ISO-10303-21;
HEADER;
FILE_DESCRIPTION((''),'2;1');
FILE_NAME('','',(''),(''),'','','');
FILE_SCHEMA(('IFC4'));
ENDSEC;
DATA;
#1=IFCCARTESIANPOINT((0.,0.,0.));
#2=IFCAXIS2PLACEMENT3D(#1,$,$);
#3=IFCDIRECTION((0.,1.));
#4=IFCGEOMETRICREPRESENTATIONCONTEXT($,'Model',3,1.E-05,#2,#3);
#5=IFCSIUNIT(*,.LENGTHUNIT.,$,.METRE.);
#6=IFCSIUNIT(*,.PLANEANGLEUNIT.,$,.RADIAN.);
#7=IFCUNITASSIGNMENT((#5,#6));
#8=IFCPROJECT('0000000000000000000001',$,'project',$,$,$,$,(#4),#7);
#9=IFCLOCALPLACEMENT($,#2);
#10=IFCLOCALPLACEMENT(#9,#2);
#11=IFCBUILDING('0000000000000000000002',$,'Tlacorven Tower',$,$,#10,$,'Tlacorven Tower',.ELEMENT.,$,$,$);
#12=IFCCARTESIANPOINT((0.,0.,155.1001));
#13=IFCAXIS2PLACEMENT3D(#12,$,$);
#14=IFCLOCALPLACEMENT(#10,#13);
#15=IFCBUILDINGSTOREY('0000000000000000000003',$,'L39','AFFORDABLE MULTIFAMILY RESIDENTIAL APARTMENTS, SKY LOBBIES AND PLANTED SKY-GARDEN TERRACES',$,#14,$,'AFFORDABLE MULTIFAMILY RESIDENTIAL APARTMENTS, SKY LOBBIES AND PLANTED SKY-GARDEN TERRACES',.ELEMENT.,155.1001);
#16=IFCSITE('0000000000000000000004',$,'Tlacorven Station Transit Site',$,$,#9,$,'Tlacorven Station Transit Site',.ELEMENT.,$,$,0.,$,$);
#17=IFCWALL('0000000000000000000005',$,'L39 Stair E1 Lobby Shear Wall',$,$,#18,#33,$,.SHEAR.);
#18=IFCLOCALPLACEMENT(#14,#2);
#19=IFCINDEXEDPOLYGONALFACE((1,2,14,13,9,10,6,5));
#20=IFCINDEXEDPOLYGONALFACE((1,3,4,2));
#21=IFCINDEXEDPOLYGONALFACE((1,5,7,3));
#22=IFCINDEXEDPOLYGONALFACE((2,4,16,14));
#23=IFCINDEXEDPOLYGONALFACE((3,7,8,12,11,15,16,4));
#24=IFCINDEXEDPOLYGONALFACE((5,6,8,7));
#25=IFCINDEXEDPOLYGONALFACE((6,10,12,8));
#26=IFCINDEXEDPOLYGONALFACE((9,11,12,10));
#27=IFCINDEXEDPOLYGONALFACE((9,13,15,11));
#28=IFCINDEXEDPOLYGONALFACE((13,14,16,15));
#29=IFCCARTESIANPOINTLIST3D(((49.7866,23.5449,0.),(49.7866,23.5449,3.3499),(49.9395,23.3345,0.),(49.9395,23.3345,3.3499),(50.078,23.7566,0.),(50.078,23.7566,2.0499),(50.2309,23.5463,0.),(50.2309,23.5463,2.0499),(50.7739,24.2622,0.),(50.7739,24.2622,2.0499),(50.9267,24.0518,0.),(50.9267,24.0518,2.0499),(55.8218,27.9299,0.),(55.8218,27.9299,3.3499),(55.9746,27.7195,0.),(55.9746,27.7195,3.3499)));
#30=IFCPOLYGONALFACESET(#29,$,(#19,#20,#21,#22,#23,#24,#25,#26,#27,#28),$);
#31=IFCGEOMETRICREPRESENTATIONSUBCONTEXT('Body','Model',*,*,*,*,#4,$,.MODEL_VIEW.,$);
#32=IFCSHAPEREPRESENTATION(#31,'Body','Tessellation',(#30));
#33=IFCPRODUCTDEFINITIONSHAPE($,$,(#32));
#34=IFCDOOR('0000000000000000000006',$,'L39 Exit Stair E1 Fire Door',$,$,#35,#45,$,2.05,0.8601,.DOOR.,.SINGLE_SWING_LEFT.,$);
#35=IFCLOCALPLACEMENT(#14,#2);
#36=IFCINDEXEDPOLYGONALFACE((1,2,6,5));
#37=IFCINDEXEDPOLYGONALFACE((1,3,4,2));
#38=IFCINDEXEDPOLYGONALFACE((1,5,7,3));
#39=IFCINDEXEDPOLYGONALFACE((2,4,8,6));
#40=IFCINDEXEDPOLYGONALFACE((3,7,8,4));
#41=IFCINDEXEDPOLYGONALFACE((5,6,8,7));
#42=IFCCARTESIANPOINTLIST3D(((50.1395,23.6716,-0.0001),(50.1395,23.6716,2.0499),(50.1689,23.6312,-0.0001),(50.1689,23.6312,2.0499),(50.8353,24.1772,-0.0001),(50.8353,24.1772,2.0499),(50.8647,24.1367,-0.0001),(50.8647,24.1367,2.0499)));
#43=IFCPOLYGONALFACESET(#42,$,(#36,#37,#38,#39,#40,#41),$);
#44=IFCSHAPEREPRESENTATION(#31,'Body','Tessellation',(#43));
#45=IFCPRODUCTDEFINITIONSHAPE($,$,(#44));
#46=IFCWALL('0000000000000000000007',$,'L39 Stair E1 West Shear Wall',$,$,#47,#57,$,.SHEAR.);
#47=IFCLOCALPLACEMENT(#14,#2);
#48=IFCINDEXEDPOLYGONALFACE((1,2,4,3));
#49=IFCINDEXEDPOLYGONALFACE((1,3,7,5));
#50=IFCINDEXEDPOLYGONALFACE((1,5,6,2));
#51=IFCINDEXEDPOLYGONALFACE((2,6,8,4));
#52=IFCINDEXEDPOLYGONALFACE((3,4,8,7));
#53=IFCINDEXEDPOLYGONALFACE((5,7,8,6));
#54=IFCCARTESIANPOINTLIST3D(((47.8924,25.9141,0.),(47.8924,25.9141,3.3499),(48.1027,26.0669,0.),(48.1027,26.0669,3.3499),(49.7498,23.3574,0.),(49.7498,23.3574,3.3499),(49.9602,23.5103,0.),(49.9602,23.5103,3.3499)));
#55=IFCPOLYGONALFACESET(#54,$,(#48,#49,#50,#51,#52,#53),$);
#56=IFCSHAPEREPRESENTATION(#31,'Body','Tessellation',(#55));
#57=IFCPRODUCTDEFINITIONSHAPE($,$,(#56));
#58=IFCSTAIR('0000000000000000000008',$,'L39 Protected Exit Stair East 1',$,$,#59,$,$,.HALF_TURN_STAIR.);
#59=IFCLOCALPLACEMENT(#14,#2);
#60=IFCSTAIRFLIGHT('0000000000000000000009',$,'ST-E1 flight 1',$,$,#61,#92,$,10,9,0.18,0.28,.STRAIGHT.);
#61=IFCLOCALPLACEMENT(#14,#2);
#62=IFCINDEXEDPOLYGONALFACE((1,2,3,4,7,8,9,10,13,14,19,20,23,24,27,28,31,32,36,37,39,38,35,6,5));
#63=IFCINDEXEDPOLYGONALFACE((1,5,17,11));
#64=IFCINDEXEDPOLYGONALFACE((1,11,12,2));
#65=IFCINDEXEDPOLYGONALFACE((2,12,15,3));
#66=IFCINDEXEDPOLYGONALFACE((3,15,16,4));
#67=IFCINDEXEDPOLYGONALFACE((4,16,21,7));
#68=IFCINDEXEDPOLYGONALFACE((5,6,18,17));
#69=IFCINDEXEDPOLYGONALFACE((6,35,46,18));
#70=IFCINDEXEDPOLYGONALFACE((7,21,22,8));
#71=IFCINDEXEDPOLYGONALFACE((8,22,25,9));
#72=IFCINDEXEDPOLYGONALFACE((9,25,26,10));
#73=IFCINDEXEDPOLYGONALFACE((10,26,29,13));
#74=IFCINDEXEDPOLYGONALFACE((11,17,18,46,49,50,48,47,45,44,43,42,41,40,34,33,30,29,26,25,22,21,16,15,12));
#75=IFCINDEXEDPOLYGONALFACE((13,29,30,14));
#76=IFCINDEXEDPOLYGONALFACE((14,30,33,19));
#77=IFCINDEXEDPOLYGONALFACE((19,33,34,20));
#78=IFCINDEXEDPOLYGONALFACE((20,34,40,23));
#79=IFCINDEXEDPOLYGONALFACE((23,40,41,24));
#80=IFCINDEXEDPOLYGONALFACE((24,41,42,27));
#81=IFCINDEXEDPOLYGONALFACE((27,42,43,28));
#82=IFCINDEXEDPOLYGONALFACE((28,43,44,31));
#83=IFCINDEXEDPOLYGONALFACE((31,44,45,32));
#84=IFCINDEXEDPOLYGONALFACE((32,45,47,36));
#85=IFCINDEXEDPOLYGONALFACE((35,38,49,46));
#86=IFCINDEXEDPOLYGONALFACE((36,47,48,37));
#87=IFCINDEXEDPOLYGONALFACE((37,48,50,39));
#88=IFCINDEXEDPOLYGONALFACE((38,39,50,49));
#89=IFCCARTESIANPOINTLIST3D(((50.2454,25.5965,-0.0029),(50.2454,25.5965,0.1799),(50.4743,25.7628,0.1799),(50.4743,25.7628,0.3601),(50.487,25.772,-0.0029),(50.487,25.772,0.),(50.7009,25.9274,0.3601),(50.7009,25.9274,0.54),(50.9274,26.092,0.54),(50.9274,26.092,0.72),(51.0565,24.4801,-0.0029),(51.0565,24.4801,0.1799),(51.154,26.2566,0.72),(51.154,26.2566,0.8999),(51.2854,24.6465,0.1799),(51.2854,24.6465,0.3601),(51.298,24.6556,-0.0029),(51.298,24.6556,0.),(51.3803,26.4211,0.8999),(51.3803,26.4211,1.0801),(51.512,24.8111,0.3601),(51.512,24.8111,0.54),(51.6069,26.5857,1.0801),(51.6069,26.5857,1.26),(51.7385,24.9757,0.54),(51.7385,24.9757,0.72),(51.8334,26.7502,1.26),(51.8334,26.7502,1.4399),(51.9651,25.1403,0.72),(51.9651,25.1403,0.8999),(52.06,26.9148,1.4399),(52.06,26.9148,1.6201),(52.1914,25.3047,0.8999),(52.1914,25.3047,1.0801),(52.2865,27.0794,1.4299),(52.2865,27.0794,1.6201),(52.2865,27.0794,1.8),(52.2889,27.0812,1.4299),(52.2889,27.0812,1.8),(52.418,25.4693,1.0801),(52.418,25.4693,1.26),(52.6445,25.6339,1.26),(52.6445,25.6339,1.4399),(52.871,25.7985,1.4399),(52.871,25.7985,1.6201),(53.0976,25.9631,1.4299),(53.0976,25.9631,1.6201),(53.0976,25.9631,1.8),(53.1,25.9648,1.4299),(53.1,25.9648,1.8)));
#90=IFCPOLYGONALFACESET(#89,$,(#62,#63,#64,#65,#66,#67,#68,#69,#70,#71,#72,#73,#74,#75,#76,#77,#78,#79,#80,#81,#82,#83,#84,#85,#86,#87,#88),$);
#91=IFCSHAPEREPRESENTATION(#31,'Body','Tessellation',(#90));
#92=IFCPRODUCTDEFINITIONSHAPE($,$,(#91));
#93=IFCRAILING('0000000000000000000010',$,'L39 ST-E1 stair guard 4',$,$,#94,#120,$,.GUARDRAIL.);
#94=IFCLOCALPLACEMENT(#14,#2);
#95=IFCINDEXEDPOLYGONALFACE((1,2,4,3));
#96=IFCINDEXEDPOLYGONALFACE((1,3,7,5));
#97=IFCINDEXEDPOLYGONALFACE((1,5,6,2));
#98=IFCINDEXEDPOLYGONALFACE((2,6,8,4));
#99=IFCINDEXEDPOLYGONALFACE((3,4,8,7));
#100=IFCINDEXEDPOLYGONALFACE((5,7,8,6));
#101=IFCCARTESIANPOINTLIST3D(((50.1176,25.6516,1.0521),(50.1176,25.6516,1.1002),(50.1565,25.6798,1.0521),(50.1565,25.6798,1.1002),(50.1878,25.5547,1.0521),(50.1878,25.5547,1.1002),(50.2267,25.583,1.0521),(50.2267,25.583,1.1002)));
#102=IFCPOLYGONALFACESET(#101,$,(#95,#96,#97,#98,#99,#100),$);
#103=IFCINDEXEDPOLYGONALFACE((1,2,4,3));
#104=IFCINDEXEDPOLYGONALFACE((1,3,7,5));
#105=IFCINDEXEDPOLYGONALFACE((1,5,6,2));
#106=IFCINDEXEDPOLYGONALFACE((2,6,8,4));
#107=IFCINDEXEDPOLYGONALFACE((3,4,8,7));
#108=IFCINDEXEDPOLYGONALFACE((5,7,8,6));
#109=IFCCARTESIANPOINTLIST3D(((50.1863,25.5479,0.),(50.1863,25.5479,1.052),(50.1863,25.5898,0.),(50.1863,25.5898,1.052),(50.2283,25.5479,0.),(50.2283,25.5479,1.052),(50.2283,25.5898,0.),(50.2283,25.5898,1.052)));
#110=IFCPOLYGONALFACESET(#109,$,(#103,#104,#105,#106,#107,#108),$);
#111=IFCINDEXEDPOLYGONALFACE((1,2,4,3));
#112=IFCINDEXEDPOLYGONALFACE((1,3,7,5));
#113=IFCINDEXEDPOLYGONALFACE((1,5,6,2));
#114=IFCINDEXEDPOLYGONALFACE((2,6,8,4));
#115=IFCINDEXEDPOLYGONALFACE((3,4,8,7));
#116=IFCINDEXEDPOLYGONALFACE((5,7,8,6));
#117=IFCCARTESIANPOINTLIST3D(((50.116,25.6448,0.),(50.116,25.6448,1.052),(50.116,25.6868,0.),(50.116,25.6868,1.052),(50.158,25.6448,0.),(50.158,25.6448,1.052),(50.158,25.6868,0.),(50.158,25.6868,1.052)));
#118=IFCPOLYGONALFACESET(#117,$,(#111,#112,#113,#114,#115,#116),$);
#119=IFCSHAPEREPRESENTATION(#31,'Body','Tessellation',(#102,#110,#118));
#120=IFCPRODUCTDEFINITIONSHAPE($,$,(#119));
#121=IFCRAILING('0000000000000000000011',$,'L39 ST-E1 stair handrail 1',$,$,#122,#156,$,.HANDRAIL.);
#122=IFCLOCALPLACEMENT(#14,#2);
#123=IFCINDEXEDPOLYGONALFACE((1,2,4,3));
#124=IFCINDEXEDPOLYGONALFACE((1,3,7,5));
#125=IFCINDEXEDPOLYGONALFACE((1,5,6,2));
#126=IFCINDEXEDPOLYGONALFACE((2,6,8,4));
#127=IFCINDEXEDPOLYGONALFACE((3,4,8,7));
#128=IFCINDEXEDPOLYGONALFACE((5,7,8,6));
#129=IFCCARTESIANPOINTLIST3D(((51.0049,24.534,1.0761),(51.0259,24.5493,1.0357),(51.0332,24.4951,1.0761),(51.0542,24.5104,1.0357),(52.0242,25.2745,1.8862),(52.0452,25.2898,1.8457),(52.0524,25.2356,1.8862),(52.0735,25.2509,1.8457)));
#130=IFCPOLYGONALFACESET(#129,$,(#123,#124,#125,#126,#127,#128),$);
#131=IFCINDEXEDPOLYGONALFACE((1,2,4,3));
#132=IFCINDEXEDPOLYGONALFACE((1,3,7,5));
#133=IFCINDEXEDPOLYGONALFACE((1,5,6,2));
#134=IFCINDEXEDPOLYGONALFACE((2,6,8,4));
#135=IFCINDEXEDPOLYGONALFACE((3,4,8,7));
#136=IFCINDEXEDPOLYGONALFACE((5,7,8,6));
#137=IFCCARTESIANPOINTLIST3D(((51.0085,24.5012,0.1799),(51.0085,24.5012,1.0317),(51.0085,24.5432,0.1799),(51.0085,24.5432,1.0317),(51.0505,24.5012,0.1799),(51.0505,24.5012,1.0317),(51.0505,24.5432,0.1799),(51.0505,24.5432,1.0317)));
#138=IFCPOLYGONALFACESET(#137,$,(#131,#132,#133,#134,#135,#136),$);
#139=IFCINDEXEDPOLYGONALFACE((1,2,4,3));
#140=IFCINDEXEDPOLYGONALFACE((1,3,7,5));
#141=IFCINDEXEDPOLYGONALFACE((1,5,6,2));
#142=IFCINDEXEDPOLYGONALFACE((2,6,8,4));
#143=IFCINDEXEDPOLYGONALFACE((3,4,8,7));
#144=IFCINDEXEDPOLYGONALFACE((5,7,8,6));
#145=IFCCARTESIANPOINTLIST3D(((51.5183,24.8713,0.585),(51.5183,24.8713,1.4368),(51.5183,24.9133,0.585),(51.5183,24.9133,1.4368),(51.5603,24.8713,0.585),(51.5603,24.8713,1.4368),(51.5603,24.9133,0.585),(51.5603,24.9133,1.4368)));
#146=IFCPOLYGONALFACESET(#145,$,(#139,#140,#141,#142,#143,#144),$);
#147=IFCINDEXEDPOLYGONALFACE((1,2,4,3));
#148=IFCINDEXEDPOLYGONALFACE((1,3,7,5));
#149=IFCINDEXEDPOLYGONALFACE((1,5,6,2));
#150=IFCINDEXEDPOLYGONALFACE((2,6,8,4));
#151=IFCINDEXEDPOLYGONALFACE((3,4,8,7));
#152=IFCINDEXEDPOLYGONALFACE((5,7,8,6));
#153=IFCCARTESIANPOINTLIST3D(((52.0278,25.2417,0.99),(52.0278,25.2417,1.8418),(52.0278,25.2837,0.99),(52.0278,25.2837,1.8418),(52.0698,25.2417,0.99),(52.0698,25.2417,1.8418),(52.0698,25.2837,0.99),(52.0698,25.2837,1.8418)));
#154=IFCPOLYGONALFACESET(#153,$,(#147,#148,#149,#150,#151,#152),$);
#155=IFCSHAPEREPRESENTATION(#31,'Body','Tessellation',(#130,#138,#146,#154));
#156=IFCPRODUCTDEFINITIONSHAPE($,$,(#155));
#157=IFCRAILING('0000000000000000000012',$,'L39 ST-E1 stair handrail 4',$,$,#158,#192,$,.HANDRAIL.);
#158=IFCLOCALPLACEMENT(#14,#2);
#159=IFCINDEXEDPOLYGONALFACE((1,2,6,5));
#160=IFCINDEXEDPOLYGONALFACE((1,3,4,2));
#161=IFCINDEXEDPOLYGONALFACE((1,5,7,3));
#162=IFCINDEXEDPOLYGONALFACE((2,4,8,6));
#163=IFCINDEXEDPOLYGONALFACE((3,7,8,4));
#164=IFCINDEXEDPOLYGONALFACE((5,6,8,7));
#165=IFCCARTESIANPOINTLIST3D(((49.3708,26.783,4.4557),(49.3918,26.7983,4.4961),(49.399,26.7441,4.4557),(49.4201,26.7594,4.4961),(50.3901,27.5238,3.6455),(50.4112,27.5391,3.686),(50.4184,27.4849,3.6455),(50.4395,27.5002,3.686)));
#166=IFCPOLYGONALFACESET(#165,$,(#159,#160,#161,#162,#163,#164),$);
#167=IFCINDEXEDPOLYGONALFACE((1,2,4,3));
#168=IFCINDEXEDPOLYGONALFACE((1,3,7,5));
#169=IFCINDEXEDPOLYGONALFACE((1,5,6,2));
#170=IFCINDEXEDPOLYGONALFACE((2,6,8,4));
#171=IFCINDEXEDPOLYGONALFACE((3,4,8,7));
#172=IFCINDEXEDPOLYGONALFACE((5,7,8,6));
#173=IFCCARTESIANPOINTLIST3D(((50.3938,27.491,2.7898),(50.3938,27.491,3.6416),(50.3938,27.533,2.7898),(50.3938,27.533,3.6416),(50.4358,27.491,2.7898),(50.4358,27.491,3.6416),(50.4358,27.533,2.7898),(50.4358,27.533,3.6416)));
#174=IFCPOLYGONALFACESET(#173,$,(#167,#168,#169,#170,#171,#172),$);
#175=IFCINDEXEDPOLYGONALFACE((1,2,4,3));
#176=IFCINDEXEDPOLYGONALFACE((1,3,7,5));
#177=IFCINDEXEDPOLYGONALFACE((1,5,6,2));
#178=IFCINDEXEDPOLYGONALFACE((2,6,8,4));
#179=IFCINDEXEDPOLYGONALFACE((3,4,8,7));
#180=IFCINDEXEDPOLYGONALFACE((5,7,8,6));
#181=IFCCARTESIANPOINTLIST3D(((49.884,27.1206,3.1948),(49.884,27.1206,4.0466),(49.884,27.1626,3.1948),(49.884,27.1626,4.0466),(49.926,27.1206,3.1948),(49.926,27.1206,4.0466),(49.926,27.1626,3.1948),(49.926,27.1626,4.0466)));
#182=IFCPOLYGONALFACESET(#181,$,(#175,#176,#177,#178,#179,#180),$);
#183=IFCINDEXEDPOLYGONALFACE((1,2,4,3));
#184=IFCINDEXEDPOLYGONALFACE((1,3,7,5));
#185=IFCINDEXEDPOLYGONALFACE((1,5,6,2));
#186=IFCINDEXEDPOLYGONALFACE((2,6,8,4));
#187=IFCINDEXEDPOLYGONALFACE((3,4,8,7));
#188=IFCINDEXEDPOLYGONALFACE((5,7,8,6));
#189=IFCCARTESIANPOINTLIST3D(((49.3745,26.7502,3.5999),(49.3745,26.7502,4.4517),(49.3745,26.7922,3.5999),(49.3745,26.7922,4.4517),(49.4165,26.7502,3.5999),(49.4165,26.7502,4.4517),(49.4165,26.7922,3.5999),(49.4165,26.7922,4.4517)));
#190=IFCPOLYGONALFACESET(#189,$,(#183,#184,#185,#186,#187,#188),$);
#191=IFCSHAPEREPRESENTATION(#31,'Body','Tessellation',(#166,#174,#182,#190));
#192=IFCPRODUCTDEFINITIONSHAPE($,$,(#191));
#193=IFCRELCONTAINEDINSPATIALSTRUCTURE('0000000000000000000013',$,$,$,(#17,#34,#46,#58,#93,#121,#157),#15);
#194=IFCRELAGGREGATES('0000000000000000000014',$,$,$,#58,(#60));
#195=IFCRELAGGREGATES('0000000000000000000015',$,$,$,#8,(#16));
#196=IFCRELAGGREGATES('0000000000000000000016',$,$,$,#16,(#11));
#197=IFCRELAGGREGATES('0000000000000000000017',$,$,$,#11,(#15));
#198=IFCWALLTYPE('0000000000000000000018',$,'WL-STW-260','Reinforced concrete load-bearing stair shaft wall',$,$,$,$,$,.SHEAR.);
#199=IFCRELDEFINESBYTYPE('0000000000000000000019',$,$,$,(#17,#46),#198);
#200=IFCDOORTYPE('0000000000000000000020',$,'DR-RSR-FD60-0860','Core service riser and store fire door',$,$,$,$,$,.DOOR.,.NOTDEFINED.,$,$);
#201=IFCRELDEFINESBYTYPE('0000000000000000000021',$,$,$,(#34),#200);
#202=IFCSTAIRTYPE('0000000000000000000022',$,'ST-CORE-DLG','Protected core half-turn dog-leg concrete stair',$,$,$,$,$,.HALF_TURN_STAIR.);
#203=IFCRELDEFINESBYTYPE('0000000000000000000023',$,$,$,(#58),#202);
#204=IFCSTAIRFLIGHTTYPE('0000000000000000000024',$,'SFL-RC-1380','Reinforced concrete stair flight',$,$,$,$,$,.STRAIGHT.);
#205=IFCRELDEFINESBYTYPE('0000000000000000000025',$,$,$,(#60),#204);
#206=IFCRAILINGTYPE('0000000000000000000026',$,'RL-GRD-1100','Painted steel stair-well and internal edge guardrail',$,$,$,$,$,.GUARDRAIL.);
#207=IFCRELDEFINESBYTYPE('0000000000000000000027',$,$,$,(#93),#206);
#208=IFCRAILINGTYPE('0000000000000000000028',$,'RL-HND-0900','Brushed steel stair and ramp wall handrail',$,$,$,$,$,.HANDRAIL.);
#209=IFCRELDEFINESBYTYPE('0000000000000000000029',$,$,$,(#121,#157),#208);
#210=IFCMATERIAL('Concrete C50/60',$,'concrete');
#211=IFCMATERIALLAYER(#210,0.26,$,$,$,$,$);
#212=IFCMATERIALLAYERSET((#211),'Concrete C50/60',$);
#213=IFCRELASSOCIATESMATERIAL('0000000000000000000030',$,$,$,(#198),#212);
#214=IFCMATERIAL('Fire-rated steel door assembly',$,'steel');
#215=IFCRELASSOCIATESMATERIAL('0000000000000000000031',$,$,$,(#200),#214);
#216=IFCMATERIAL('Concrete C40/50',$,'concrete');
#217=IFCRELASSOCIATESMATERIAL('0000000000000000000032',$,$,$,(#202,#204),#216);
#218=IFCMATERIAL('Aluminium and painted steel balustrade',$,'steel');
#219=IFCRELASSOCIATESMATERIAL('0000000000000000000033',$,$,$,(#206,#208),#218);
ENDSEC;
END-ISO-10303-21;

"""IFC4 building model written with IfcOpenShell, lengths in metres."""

from ifc_helpers import new_model, si_unit, direction, frame, frame_2d, origin, origin_2d, place, context, subcontext, project, spatial, polyline, rectangle, outline, extrude, source, transform, mapped, material, layer, layer_set, type_object, element, fill, aggregate, save


model = new_model("IFC4")

# Units and contexts
model_context = context("Model", 3, precision=1e-05, world=origin(), true_north=direction((0.0, 1.0)))
body_context = subcontext(model_context, "Body", "Model", "MODEL_VIEW")
ifc_project = project(units=[si_unit("LENGTHUNIT", "METRE"), si_unit("PLANEANGLEUNIT", "RADIAN")], contexts=[model_context])

# Site, building, storey
site_placement = place(None, origin())
site = spatial("IfcSite", under=ifc_project, at=site_placement, Name="Tlacorven Station Transit Site", LongName="Tlacorven Station Transit Site", CompositionType="ELEMENT", RefElevation=0.0)
building_placement = place(site_placement, origin())
building = spatial("IfcBuilding", under=site, at=building_placement, Name="Tlacorven Tower", LongName="Tlacorven Tower", CompositionType="ELEMENT")
storey_placement = place(building_placement, frame((0.0, 0.0, 155.1001)))
storey = spatial("IfcBuildingStorey", under=building, at=storey_placement, Name="L39", Description="AFFORDABLE MULTIFAMILY RESIDENTIAL APARTMENTS, SKY LOBBIES AND PLANTED SKY-GARDEN TERRACES", LongName="AFFORDABLE MULTIFAMILY RESIDENTIAL APARTMENTS, SKY LOBBIES AND PLANTED SKY-GARDEN TERRACES", CompositionType="ELEMENT", Elevation=155.1001)

# Shared definitions
ifc_material_1 = material(Name="Concrete C40/50", Category="concrete")
ifc_material_2 = material(Name="Fire-rated steel door assembly", Category="steel")

# Shared definitions
ifc_material_3 = material(Name="Concrete C50/60", Category="concrete")
ifc_layer_1 = layer(ifc_material_3, 0.26)
ifc_layer_set_1 = layer_set([ifc_layer_1], Name="Concrete C50/60")
wall_type_1 = type_object("IfcWallType", Name="WL-STW-260", Description="Reinforced concrete load-bearing stair shaft wall", PredefinedType="SHEAR", material=ifc_layer_set_1)

# Wall, opening, door
wall_1_placement = place(storey_placement, frame((49.863, 23.4397, 0.0), z_axis=(0.0, 0.0, 1.0), x_axis=(0.809003, 0.587804, 0.0)))
wall_1 = element("IfcWall", 1, at=wall_1_placement, inside=storey, type_object=wall_type_1, Name="L39 Stair E1 Lobby Shear Wall", PredefinedType="SHEAR", context=body_context, shape_type="SweptSolid", body=[
    extrude(rectangle(XDim=7.46, YDim=0.26, at=frame_2d((3.73, 0.0))), origin(), (0.0, 0.0, 1.0), 3.3499),
])
opening_1_placement = place(wall_1_placement, frame((0.3601, 0.0, 0.0)))
opening_1 = element("IfcOpeningElement", 2, at=opening_1_placement, cuts=wall_1, PredefinedType="OPENING", context=body_context, shape_type="SweptSolid", body=[
    extrude(rectangle(XDim=0.8601, YDim=2.05, at=frame_2d((0.4302, 1.0249))), frame((0.0, 0.1401, 0.0), z_axis=(0.0, -1.0, 0.0), x_axis=(1.0, 0.0, 0.0)), (0.0, 0.0, 1.0), 0.28),
])
door_type_1 = type_object("IfcDoorType", Name="DR-RSR-FD60-0860", Description="Core service riser and store fire door", OperationType="NOTDEFINED", PredefinedType="DOOR", material=ifc_material_2)
shared_shape_1 = source(origin(), body_context, "Body", "SweptSolid", [
    extrude(rectangle(XDim=0.8601, YDim=2.05, at=frame_2d((0.4302, 1.0249))), frame((0.0, 0.0249, 0.0), z_axis=(0.0, -1.0, 0.0), x_axis=(1.0, 0.0, 0.0)), (0.0, 0.0, 1.0), 0.05),
])
door_1_placement = place(opening_1_placement, frame((0.8601, 0.0, 0.0), z_axis=(0.0, 0.0, 1.0), x_axis=(-1.0, 0.0, 0.0)))
door_1 = element("IfcDoor", 3, at=door_1_placement, inside=storey, type_object=door_type_1, Name="L39 Exit Stair E1 Fire Door", OperationType="SINGLE_SWING_LEFT", OverallHeight=2.05, OverallWidth=0.8601, PredefinedType="DOOR", context=body_context, shape_type="MappedRepresentation", body=[
    mapped(shared_shape_1, transform((0.0, 0.0, 0.0), scale=1.0)),
])
fill(opening_1, door_1)

# Wall
wall_2_placement = place(storey_placement, frame((49.855, 23.4338, 0.0), z_axis=(0.0, 0.0, 1.0), x_axis=(-0.587767, 0.80903, 0.0)))
element("IfcWall", 4, at=wall_2_placement, inside=storey, type_object=wall_type_1, Name="L39 Stair E1 West Shear Wall", PredefinedType="SHEAR", context=body_context, shape_type="SweptSolid", body=[
    extrude(rectangle(XDim=3.1602, YDim=0.26, at=frame_2d((1.5801, 0.0))), origin(), (0.0, 0.0, 1.0), 3.3499),
])

# Stair, stair flight
stair_type = type_object("IfcStairType", Name="ST-CORE-DLG", Description="Protected core half-turn dog-leg concrete stair", PredefinedType="HALF_TURN_STAIR", material=ifc_material_1)
stair_placement = place(storey_placement, origin())
stair = element("IfcStair", 5, at=stair_placement, inside=storey, type_object=stair_type, Name="L39 Protected Exit Stair East 1", PredefinedType="HALF_TURN_STAIR")
stair_flight_type = type_object("IfcStairFlightType", Name="SFL-RC-1380", Description="Reinforced concrete stair flight", PredefinedType="STRAIGHT", material=ifc_material_1)
shared_shape_2 = source(origin(), body_context, "Body", "SweptSolid", [
    extrude(outline(polyline([(-0.0029, -0.0029), (-0.0029, 0.1799), (0.28, 0.1799), (0.28, 0.3601), (0.5601, 0.3601), (0.5601, 0.54), (0.8401, 0.54), (0.8401, 0.72), (1.1201, 0.72), (1.1201, 0.8999), (1.3999, 0.8999), (1.3999, 1.0801), (1.6799, 1.0801), (1.6799, 1.26), (1.96, 1.26), (1.96, 1.4399), (2.24, 1.4399), (2.24, 1.6201), (2.52, 1.6201), (2.52, 1.8), (2.5229, 1.8), (2.5229, 1.4299), (2.52, 1.4299), (0.2957, 0.0), (0.2957, -0.0029), (-0.0029, -0.0029)])), frame((0.0, 0.6899, 0.0), z_axis=(0.0, -1.0, 0.0), x_axis=(1.0, 0.0, 0.0)), (0.0, 0.0, 1.0), 1.3799),
])
stair_flight_placement = place(storey_placement, frame((50.6533, 25.04, 0.0), z_axis=(0.0, 0.0, 1.0), x_axis=(0.809017, 0.587785, 0.0)))
stair_flight = element("IfcStairFlight", 6, at=stair_flight_placement, type_object=stair_flight_type, Name="ST-E1 flight 1", NumberOfRisers=10, NumberOfTreads=9, PredefinedType="STRAIGHT", RiserHeight=0.18, TreadLength=0.28, context=body_context, shape_type="MappedRepresentation", body=[
    mapped(shared_shape_2, transform((0.0, 0.0, 0.0), scale=1.0)),
])
aggregate(stair, [stair_flight])

# Railings
ifc_material_4 = material(Name="Aluminium and painted steel balustrade", Category="steel")
railing_type_1 = type_object("IfcRailingType", Name="RL-GRD-1100", Description="Painted steel stair-well and internal edge guardrail", PredefinedType="GUARDRAIL", material=ifc_material_4)
shared_shape_3 = source(origin(), body_context, "Body", "SweptSolid", [
    extrude(rectangle(XDim=0.0481, YDim=0.0481, at=origin_2d()), frame((0.0, 0.0, 1.0762), z_axis=(-0.587201, 0.809441, 0.0), x_axis=(-0.809441, -0.587201, 0.0)), (0.0, 0.0, 1.0), 0.1196),
    extrude(rectangle(XDim=0.042, YDim=0.042, at=origin_2d()), origin(), (0.0, 0.0, 1.0), 1.052),
    extrude(rectangle(XDim=0.042, YDim=0.042, at=origin_2d()), frame((-0.0703, 0.0969, 0.0)), (0.0, 0.0, 1.0), 1.052),
])
railing_1_placement = place(storey_placement, frame((50.2073, 25.5688, 0.0)))
element("IfcRailing", 7, at=railing_1_placement, inside=storey, type_object=railing_type_1, Name="L39 ST-E1 stair guard 4", PredefinedType="GUARDRAIL", context=body_context, shape_type="MappedRepresentation", body=[
    mapped(shared_shape_3, transform((0.0, 0.0, 0.0), scale=1.0)),
])
railing_type_2 = type_object("IfcRailingType", Name="RL-HND-0900", Description="Brushed steel stair and ramp wall handrail", PredefinedType="HANDRAIL", material=ifc_material_4)
shared_shape_4 = source(origin(), body_context, "Body", "SweptSolid", [
    extrude(rectangle(XDim=0.0481, YDim=0.0481, at=origin_2d()), frame((0.0, 0.0, 0.876), z_axis=(0.680516, 0.494373, 0.540827), x_axis=(-0.587745, 0.809046, 0.0)), (0.0, 0.0, 1.0), 1.4978),
    extrude(rectangle(XDim=0.042, YDim=0.042, at=origin_2d()), origin(), (0.0, 0.0, 1.0), 0.8518),
    extrude(rectangle(XDim=0.042, YDim=0.042, at=origin_2d()), frame((0.5098, 0.3701, 0.405)), (0.0, 0.0, 1.0), 0.8518),
    extrude(rectangle(XDim=0.042, YDim=0.042, at=origin_2d()), frame((1.0193, 0.7405, 0.8101)), (0.0, 0.0, 1.0), 0.8518),
])
railing_2_placement = place(storey_placement, frame((51.0295, 24.5222, 0.1799)))
element("IfcRailing", 8, at=railing_2_placement, inside=storey, type_object=railing_type_2, Name="L39 ST-E1 stair handrail 1", PredefinedType="HANDRAIL", context=body_context, shape_type="MappedRepresentation", body=[
    mapped(shared_shape_4, transform((0.0, 0.0, 0.0), scale=1.0)),
])
shared_shape_5 = source(origin(), body_context, "Body", "SweptSolid", [
    extrude(rectangle(XDim=0.0481, YDim=0.0481, at=origin_2d()), frame((0.0, 0.0, 0.876), z_axis=(-0.680461, -0.494496, 0.540783), x_axis=(0.587872, -0.808954, 0.0)), (0.0, 0.0, 1.0), 1.498),
    extrude(rectangle(XDim=0.042, YDim=0.042, at=origin_2d()), origin(), (0.0, 0.0, 1.0), 0.8518),
    extrude(rectangle(XDim=0.042, YDim=0.042, at=origin_2d()), frame((-0.5098, -0.3704, 0.405)), (0.0, 0.0, 1.0), 0.8518),
    extrude(rectangle(XDim=0.042, YDim=0.042, at=origin_2d()), frame((-1.0193, -0.7407, 0.8101)), (0.0, 0.0, 1.0), 0.8518),
])
railing_3_placement = place(storey_placement, frame((50.4148, 27.512, 2.7898)))
element("IfcRailing", 9, at=railing_3_placement, inside=storey, type_object=railing_type_2, Name="L39 ST-E1 stair handrail 4", PredefinedType="HANDRAIL", context=body_context, shape_type="MappedRepresentation", body=[
    mapped(shared_shape_5, transform((0.0, 0.0, 0.0), scale=1.0)),
])

save(model, "model.ifc")
